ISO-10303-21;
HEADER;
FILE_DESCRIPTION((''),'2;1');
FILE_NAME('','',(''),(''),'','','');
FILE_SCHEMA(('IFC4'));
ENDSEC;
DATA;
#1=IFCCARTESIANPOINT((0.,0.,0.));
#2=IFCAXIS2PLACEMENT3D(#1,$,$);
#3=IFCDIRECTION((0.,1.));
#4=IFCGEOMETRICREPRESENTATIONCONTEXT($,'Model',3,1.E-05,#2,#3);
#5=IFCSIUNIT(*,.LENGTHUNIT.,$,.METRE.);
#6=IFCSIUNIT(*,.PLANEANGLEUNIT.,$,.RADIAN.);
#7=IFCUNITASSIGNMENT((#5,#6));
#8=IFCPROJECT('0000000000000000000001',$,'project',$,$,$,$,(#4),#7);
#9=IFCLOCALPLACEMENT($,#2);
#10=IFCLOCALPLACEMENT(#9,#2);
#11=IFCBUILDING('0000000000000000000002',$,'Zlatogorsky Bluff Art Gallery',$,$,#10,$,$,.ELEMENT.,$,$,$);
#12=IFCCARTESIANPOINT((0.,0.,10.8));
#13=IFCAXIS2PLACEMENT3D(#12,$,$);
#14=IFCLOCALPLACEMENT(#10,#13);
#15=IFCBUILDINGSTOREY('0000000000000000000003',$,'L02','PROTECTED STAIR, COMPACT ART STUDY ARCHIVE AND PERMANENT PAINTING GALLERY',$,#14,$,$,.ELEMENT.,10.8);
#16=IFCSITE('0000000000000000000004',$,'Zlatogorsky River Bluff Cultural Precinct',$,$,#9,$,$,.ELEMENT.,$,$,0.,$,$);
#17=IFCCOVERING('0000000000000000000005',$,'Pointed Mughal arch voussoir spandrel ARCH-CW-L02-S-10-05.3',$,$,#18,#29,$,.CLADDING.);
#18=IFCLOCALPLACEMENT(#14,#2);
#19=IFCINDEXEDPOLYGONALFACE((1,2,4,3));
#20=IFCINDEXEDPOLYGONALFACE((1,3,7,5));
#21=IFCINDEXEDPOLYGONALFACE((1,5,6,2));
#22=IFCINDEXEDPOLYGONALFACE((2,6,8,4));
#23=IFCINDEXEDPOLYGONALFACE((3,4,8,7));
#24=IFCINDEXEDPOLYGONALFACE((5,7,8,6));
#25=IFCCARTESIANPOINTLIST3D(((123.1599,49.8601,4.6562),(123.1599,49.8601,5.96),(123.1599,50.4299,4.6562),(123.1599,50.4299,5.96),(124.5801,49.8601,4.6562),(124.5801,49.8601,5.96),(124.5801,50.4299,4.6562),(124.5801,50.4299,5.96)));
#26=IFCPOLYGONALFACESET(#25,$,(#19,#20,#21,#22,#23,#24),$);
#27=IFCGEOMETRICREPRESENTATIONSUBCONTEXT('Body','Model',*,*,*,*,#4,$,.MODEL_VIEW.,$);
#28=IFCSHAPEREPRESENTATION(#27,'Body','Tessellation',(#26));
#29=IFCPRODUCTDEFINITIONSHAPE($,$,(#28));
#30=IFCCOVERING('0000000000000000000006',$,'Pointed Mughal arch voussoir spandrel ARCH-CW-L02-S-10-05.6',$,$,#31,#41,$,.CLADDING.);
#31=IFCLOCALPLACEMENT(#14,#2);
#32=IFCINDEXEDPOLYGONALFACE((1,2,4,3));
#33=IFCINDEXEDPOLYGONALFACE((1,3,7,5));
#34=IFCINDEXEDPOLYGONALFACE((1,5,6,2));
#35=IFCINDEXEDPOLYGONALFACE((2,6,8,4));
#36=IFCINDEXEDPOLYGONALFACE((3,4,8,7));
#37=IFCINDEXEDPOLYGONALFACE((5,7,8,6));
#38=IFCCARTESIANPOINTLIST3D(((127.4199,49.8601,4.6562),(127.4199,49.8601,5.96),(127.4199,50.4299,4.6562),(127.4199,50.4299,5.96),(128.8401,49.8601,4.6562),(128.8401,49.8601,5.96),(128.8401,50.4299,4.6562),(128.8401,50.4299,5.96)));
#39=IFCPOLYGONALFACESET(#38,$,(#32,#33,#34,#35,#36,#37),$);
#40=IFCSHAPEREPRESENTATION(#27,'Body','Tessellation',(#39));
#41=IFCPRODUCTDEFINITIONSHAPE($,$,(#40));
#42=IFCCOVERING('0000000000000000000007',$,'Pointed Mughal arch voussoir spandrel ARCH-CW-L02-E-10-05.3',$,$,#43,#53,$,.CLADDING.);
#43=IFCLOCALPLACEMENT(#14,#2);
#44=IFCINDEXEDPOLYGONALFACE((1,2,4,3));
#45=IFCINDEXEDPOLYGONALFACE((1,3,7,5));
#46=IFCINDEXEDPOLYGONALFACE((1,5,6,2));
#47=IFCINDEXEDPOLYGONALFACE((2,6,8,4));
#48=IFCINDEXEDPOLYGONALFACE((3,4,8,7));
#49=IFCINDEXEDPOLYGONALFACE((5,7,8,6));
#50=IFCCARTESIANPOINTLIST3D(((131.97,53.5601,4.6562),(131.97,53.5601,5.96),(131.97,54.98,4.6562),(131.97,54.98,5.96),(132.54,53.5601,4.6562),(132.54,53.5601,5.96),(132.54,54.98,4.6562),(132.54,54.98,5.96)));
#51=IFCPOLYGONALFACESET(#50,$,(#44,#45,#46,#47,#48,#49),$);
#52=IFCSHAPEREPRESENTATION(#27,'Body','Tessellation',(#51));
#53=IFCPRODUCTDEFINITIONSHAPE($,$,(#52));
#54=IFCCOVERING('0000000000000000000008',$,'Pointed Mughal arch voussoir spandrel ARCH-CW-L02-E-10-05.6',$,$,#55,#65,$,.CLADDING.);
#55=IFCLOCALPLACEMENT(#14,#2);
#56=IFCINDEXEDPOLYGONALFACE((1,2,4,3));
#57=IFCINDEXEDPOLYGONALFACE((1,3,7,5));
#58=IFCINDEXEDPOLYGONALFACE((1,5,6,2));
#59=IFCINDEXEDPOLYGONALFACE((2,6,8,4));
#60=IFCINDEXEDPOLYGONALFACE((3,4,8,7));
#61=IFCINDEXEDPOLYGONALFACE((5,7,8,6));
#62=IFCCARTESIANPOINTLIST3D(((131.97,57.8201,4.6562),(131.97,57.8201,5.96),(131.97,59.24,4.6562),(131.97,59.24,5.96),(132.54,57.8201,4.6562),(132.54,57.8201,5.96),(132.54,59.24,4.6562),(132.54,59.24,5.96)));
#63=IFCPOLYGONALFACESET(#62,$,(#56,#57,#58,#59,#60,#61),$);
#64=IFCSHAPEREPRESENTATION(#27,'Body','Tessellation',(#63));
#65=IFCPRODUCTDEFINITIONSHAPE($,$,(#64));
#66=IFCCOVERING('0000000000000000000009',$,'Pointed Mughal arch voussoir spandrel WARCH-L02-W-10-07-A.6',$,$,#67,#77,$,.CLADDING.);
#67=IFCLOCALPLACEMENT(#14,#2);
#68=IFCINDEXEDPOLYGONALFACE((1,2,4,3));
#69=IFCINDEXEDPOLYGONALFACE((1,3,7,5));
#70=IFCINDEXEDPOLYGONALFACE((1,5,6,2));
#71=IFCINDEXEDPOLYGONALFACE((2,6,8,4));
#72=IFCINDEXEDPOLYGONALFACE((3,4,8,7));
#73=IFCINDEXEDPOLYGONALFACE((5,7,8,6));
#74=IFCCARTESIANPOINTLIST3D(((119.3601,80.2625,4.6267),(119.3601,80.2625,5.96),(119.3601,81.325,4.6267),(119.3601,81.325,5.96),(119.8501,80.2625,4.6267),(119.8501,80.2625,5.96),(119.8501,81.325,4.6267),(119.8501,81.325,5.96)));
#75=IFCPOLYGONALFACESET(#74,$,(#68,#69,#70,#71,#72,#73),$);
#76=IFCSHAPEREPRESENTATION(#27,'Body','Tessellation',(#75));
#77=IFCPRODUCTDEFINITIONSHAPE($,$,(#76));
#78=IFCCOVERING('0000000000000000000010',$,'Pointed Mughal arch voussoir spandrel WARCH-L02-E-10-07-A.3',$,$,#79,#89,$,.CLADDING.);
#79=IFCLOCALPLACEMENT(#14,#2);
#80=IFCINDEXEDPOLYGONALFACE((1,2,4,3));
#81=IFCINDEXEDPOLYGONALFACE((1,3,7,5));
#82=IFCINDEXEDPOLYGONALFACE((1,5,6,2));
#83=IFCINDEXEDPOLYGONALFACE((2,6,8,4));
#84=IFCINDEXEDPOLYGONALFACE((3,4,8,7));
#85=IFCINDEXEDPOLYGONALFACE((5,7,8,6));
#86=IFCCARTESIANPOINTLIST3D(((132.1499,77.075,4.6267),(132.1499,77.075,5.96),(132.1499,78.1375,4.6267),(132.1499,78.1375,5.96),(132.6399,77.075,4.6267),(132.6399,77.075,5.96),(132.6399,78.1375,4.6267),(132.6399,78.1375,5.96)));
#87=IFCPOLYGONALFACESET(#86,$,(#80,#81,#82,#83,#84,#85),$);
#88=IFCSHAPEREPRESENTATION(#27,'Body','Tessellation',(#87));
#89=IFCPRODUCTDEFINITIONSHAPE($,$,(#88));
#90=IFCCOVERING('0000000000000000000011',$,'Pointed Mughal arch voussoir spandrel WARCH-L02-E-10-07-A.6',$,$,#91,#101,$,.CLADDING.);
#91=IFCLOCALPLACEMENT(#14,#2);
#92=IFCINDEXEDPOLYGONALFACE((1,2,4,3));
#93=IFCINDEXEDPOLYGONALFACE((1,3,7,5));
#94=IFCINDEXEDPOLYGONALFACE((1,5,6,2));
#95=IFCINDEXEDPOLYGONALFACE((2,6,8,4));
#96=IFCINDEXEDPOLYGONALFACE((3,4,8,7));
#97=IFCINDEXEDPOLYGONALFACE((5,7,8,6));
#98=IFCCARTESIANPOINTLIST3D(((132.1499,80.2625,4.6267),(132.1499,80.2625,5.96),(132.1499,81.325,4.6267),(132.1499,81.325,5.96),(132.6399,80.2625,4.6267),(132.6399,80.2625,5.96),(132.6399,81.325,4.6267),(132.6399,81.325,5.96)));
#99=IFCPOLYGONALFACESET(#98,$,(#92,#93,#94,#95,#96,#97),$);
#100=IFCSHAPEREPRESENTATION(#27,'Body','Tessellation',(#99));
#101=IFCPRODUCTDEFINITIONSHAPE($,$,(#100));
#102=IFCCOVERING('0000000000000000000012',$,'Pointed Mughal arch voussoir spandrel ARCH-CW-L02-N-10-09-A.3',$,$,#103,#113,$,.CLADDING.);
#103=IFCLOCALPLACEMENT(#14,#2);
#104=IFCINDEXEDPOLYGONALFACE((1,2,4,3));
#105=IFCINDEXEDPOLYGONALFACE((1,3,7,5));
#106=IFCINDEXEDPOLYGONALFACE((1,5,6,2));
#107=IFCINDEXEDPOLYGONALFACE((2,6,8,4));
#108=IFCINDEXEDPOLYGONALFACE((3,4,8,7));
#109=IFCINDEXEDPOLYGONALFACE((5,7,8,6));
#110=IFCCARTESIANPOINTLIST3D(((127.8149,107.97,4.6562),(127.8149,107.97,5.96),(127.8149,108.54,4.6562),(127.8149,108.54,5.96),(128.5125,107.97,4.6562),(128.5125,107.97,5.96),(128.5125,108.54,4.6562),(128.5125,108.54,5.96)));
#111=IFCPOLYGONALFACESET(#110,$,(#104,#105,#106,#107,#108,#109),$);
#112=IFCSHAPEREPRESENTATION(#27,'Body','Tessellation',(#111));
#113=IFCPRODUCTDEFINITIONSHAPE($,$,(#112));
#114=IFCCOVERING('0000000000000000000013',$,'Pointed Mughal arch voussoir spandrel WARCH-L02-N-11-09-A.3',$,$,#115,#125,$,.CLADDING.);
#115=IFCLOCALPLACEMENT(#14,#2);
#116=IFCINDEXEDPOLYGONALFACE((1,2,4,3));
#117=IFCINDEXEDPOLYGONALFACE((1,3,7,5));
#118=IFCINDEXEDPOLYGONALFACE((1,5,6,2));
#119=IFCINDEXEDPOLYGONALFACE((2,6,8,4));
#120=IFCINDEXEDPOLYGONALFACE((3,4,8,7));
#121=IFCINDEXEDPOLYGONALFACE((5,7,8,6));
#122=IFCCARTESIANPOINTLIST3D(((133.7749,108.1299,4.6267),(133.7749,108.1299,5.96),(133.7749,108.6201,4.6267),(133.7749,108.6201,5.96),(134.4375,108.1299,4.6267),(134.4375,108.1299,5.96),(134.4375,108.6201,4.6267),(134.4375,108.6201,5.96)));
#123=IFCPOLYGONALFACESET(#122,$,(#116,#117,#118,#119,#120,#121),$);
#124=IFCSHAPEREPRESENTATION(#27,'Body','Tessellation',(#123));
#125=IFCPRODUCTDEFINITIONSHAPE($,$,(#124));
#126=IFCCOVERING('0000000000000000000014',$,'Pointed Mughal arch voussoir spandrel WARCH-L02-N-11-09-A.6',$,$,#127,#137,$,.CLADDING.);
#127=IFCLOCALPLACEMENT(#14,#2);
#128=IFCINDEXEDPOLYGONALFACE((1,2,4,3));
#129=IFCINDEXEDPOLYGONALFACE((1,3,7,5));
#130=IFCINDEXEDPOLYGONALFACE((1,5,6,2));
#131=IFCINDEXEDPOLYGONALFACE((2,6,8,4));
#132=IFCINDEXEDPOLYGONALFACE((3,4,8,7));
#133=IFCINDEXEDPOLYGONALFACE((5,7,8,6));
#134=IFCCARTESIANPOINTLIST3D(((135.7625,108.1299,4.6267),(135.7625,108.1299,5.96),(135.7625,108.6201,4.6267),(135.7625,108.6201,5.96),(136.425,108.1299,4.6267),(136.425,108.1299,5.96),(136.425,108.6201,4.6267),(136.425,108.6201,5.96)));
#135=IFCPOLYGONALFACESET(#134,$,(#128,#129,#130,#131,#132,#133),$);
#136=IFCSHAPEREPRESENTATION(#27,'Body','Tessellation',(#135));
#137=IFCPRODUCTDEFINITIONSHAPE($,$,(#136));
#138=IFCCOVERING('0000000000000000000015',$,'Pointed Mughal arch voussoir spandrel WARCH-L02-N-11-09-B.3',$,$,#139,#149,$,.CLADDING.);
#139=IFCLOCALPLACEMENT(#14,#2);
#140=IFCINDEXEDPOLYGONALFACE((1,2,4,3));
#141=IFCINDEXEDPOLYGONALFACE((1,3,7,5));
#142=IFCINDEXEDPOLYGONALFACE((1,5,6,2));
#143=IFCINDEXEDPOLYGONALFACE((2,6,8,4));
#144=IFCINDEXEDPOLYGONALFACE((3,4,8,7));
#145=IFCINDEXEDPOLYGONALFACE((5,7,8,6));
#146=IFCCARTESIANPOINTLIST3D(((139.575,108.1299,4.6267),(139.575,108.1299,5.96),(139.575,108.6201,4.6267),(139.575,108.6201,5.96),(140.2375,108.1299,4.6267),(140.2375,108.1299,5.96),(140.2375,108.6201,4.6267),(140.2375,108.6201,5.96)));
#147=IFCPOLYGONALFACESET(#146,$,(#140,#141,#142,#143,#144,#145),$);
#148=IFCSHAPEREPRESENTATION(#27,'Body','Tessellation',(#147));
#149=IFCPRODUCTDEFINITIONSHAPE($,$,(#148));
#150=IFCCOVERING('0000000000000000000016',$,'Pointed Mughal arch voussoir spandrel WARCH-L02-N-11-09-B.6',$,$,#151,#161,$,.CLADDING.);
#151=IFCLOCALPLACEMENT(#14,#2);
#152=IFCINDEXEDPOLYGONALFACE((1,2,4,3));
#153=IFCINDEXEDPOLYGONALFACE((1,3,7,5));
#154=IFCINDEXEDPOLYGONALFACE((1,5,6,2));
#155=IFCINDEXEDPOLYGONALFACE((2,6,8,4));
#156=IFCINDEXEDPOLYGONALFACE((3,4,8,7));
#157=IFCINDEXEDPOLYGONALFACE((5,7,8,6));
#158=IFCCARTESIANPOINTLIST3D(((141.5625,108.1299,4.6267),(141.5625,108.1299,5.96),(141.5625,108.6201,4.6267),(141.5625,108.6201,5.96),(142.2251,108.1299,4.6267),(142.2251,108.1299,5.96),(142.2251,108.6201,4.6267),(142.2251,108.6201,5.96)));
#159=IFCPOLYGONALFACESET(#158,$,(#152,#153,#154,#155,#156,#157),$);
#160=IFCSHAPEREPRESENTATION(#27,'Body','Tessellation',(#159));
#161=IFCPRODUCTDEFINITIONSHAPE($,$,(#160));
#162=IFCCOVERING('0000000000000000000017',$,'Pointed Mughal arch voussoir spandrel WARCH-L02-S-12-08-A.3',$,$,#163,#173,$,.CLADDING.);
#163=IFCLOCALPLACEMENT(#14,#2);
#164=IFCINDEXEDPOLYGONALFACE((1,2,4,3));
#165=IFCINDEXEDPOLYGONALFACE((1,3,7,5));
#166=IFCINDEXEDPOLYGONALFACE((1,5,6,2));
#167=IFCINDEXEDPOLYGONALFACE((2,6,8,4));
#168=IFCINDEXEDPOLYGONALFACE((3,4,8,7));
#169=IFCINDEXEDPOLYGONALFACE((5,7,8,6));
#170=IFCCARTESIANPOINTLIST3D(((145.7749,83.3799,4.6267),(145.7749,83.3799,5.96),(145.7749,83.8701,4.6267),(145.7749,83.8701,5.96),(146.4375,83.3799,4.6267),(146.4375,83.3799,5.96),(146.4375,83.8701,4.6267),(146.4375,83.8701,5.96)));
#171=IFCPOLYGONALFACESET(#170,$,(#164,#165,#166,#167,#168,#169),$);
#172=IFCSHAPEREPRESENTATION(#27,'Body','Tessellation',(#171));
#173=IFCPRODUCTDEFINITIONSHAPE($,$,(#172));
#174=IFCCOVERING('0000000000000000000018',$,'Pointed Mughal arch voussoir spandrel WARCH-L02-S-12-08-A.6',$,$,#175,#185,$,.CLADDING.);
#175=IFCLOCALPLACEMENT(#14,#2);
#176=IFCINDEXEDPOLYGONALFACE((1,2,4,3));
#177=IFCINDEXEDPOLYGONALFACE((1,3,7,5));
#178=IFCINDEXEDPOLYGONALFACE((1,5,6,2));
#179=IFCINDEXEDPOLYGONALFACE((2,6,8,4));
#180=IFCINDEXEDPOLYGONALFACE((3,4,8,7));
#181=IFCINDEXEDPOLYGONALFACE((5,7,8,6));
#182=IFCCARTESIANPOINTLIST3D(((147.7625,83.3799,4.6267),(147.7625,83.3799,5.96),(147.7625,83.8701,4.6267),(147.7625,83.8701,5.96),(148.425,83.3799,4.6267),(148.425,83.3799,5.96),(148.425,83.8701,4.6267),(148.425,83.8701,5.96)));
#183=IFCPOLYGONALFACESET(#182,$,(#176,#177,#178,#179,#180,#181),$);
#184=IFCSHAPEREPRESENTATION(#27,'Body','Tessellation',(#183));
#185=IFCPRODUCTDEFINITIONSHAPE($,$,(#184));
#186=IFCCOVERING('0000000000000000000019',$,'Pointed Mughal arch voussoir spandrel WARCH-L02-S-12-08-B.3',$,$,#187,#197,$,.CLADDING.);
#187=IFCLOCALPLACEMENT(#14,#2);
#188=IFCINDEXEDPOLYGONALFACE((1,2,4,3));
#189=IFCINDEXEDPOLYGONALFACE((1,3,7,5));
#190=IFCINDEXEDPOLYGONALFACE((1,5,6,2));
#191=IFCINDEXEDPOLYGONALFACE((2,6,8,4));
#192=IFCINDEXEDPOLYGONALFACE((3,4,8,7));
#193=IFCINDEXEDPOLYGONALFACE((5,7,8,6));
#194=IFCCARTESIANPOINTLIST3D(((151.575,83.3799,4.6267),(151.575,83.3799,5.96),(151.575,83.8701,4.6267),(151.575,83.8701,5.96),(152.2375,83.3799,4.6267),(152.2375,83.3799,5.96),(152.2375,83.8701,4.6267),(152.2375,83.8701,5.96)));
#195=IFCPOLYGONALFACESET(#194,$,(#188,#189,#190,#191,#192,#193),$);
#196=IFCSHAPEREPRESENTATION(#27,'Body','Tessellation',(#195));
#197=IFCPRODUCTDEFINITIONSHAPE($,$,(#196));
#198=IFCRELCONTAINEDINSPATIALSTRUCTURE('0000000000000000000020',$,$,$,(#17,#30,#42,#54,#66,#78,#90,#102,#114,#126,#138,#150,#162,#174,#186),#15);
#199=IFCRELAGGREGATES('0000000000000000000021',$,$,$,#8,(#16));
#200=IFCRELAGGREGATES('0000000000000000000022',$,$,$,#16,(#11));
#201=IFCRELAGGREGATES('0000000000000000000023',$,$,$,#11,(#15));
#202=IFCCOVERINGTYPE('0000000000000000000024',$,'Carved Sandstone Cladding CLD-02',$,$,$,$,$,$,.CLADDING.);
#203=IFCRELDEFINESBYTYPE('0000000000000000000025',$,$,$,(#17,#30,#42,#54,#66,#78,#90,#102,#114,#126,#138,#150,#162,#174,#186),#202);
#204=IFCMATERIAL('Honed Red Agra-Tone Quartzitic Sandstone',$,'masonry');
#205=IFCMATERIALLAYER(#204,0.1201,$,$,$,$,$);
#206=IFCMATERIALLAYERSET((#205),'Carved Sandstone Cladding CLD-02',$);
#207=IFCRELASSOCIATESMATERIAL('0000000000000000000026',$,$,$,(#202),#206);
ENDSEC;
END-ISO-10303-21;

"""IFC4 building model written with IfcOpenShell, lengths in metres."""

from ifc_helpers import new_model, si_unit, direction, frame, origin, place, context, subcontext, project, spatial, polyline, outline, extrude, material, layer, layer_set, type_object, element, save


model = new_model("IFC4")

# Units and contexts
model_context = context("Model", 3, precision=1e-05, world=origin(), true_north=direction((0.0, 1.0)))
body_context = subcontext(model_context, "Body", "Model", "MODEL_VIEW")
ifc_project = project(units=[si_unit("LENGTHUNIT", "METRE"), si_unit("PLANEANGLEUNIT", "RADIAN")], contexts=[model_context])

# Site, building, storey
site_placement = place(None, origin())
site = spatial("IfcSite", under=ifc_project, at=site_placement, Name="Zlatogorsky River Bluff Cultural Precinct", CompositionType="ELEMENT", RefElevation=0.0)
building_placement = place(site_placement, origin())
building = spatial("IfcBuilding", under=site, at=building_placement, Name="Zlatogorsky Bluff Art Gallery", CompositionType="ELEMENT")
storey_placement = place(building_placement, frame((0.0, 0.0, 10.8)))
storey = spatial("IfcBuildingStorey", under=building, at=storey_placement, Name="L02", Description="PROTECTED STAIR, COMPACT ART STUDY ARCHIVE AND PERMANENT PAINTING GALLERY", CompositionType="ELEMENT", Elevation=10.8)

# Coverings
ifc_material = material(Name="Honed Red Agra-Tone Quartzitic Sandstone", Category="masonry")
ifc_layer = layer(ifc_material, 0.1201)
ifc_layer_set = layer_set([ifc_layer], Name="Carved Sandstone Cladding CLD-02")
covering_type = type_object("IfcCoveringType", Name="Carved Sandstone Cladding CLD-02", PredefinedType="CLADDING", material=ifc_layer_set)
covering_1_placement = place(storey_placement, frame((0.0, 0.0, 4.6562)))
element("IfcCovering", 1, at=covering_1_placement, inside=storey, type_object=covering_type, Name="Pointed Mughal arch voussoir spandrel ARCH-CW-L02-S-10-05.3", PredefinedType="CLADDING", context=body_context, shape_type="SweptSolid", body=[
    extrude(outline(polyline([(123.1599, 49.8601), (124.5801, 49.8601), (124.5801, 50.4299), (123.1599, 50.4299), (123.1599, 49.8601)])), origin(), (0.0, 0.0, 1.0), 1.3037),
])
covering_2_placement = place(storey_placement, frame((0.0, 0.0, 4.6562)))
element("IfcCovering", 2, at=covering_2_placement, inside=storey, type_object=covering_type, Name="Pointed Mughal arch voussoir spandrel ARCH-CW-L02-S-10-05.6", PredefinedType="CLADDING", context=body_context, shape_type="SweptSolid", body=[
    extrude(outline(polyline([(127.4199, 49.8601), (128.8401, 49.8601), (128.8401, 50.4299), (127.4199, 50.4299), (127.4199, 49.8601)])), origin(), (0.0, 0.0, 1.0), 1.3037),
])
covering_3_placement = place(storey_placement, frame((0.0, 0.0, 4.6562)))
element("IfcCovering", 3, at=covering_3_placement, inside=storey, type_object=covering_type, Name="Pointed Mughal arch voussoir spandrel ARCH-CW-L02-E-10-05.3", PredefinedType="CLADDING", context=body_context, shape_type="SweptSolid", body=[
    extrude(outline(polyline([(131.97, 53.5601), (131.97, 54.98), (132.54, 54.98), (132.54, 53.5601), (131.97, 53.5601)])), origin(), (0.0, 0.0, 1.0), 1.3037),
])
covering_4_placement = place(storey_placement, frame((0.0, 0.0, 4.6562)))
element("IfcCovering", 4, at=covering_4_placement, inside=storey, type_object=covering_type, Name="Pointed Mughal arch voussoir spandrel ARCH-CW-L02-E-10-05.6", PredefinedType="CLADDING", context=body_context, shape_type="SweptSolid", body=[
    extrude(outline(polyline([(131.97, 57.8201), (131.97, 59.24), (132.54, 59.24), (132.54, 57.8201), (131.97, 57.8201)])), origin(), (0.0, 0.0, 1.0), 1.3037),
])
covering_5_placement = place(storey_placement, frame((0.0, 0.0, 4.6267)))
element("IfcCovering", 5, at=covering_5_placement, inside=storey, type_object=covering_type, Name="Pointed Mughal arch voussoir spandrel WARCH-L02-W-10-07-A.6", PredefinedType="CLADDING", context=body_context, shape_type="SweptSolid", body=[
    extrude(outline(polyline([(119.3601, 80.2625), (119.3601, 81.325), (119.8501, 81.325), (119.8501, 80.2625), (119.3601, 80.2625)])), origin(), (0.0, 0.0, 1.0), 1.3333),
])
covering_6_placement = place(storey_placement, frame((0.0, 0.0, 4.6267)))
element("IfcCovering", 6, at=covering_6_placement, inside=storey, type_object=covering_type, Name="Pointed Mughal arch voussoir spandrel WARCH-L02-E-10-07-A.3", PredefinedType="CLADDING", context=body_context, shape_type="SweptSolid", body=[
    extrude(outline(polyline([(132.1499, 77.075), (132.1499, 78.1375), (132.6399, 78.1375), (132.6399, 77.075), (132.1499, 77.075)])), origin(), (0.0, 0.0, 1.0), 1.3333),
])
covering_7_placement = place(storey_placement, frame((0.0, 0.0, 4.6267)))
element("IfcCovering", 7, at=covering_7_placement, inside=storey, type_object=covering_type, Name="Pointed Mughal arch voussoir spandrel WARCH-L02-E-10-07-A.6", PredefinedType="CLADDING", context=body_context, shape_type="SweptSolid", body=[
    extrude(outline(polyline([(132.1499, 80.2625), (132.1499, 81.325), (132.6399, 81.325), (132.6399, 80.2625), (132.1499, 80.2625)])), origin(), (0.0, 0.0, 1.0), 1.3333),
])
covering_8_placement = place(storey_placement, frame((0.0, 0.0, 4.6562)))
element("IfcCovering", 8, at=covering_8_placement, inside=storey, type_object=covering_type, Name="Pointed Mughal arch voussoir spandrel ARCH-CW-L02-N-10-09-A.3", PredefinedType="CLADDING", context=body_context, shape_type="SweptSolid", body=[
    extrude(outline(polyline([(127.8149, 107.97), (128.5125, 107.97), (128.5125, 108.54), (127.8149, 108.54), (127.8149, 107.97)])), origin(), (0.0, 0.0, 1.0), 1.3037),
])
covering_9_placement = place(storey_placement, frame((0.0, 0.0, 4.6267)))
element("IfcCovering", 9, at=covering_9_placement, inside=storey, type_object=covering_type, Name="Pointed Mughal arch voussoir spandrel WARCH-L02-N-11-09-A.3", PredefinedType="CLADDING", context=body_context, shape_type="SweptSolid", body=[
    extrude(outline(polyline([(133.7749, 108.1299), (134.4375, 108.1299), (134.4375, 108.6201), (133.7749, 108.6201), (133.7749, 108.1299)])), origin(), (0.0, 0.0, 1.0), 1.3333),
])
covering_10_placement = place(storey_placement, frame((0.0, 0.0, 4.6267)))
element("IfcCovering", 10, at=covering_10_placement, inside=storey, type_object=covering_type, Name="Pointed Mughal arch voussoir spandrel WARCH-L02-N-11-09-A.6", PredefinedType="CLADDING", context=body_context, shape_type="SweptSolid", body=[
    extrude(outline(polyline([(135.7625, 108.1299), (136.425, 108.1299), (136.425, 108.6201), (135.7625, 108.6201), (135.7625, 108.1299)])), origin(), (0.0, 0.0, 1.0), 1.3333),
])
covering_11_placement = place(storey_placement, frame((0.0, 0.0, 4.6267)))
element("IfcCovering", 11, at=covering_11_placement, inside=storey, type_object=covering_type, Name="Pointed Mughal arch voussoir spandrel WARCH-L02-N-11-09-B.3", PredefinedType="CLADDING", context=body_context, shape_type="SweptSolid", body=[
    extrude(outline(polyline([(139.575, 108.1299), (140.2375, 108.1299), (140.2375, 108.6201), (139.575, 108.6201), (139.575, 108.1299)])), origin(), (0.0, 0.0, 1.0), 1.3333),
])
covering_12_placement = place(storey_placement, frame((0.0, 0.0, 4.6267)))
element("IfcCovering", 12, at=covering_12_placement, inside=storey, type_object=covering_type, Name="Pointed Mughal arch voussoir spandrel WARCH-L02-N-11-09-B.6", PredefinedType="CLADDING", context=body_context, shape_type="SweptSolid", body=[
    extrude(outline(polyline([(141.5625, 108.1299), (142.2251, 108.1299), (142.2251, 108.6201), (141.5625, 108.6201), (141.5625, 108.1299)])), origin(), (0.0, 0.0, 1.0), 1.3333),
])
covering_13_placement = place(storey_placement, frame((0.0, 0.0, 4.6267)))
element("IfcCovering", 13, at=covering_13_placement, inside=storey, type_object=covering_type, Name="Pointed Mughal arch voussoir spandrel WARCH-L02-S-12-08-A.3", PredefinedType="CLADDING", context=body_context, shape_type="SweptSolid", body=[
    extrude(outline(polyline([(145.7749, 83.3799), (146.4375, 83.3799), (146.4375, 83.8701), (145.7749, 83.8701), (145.7749, 83.3799)])), origin(), (0.0, 0.0, 1.0), 1.3333),
])
covering_14_placement = place(storey_placement, frame((0.0, 0.0, 4.6267)))
element("IfcCovering", 14, at=covering_14_placement, inside=storey, type_object=covering_type, Name="Pointed Mughal arch voussoir spandrel WARCH-L02-S-12-08-A.6", PredefinedType="CLADDING", context=body_context, shape_type="SweptSolid", body=[
    extrude(outline(polyline([(147.7625, 83.3799), (148.425, 83.3799), (148.425, 83.8701), (147.7625, 83.8701), (147.7625, 83.3799)])), origin(), (0.0, 0.0, 1.0), 1.3333),
])
covering_15_placement = place(storey_placement, frame((0.0, 0.0, 4.6267)))
element("IfcCovering", 15, at=covering_15_placement, inside=storey, type_object=covering_type, Name="Pointed Mughal arch voussoir spandrel WARCH-L02-S-12-08-B.3", PredefinedType="CLADDING", context=body_context, shape_type="SweptSolid", body=[
    extrude(outline(polyline([(151.575, 83.3799), (152.2375, 83.3799), (152.2375, 83.8701), (151.575, 83.8701), (151.575, 83.3799)])), origin(), (0.0, 0.0, 1.0), 1.3333),
])

save(model, "model.ifc")
